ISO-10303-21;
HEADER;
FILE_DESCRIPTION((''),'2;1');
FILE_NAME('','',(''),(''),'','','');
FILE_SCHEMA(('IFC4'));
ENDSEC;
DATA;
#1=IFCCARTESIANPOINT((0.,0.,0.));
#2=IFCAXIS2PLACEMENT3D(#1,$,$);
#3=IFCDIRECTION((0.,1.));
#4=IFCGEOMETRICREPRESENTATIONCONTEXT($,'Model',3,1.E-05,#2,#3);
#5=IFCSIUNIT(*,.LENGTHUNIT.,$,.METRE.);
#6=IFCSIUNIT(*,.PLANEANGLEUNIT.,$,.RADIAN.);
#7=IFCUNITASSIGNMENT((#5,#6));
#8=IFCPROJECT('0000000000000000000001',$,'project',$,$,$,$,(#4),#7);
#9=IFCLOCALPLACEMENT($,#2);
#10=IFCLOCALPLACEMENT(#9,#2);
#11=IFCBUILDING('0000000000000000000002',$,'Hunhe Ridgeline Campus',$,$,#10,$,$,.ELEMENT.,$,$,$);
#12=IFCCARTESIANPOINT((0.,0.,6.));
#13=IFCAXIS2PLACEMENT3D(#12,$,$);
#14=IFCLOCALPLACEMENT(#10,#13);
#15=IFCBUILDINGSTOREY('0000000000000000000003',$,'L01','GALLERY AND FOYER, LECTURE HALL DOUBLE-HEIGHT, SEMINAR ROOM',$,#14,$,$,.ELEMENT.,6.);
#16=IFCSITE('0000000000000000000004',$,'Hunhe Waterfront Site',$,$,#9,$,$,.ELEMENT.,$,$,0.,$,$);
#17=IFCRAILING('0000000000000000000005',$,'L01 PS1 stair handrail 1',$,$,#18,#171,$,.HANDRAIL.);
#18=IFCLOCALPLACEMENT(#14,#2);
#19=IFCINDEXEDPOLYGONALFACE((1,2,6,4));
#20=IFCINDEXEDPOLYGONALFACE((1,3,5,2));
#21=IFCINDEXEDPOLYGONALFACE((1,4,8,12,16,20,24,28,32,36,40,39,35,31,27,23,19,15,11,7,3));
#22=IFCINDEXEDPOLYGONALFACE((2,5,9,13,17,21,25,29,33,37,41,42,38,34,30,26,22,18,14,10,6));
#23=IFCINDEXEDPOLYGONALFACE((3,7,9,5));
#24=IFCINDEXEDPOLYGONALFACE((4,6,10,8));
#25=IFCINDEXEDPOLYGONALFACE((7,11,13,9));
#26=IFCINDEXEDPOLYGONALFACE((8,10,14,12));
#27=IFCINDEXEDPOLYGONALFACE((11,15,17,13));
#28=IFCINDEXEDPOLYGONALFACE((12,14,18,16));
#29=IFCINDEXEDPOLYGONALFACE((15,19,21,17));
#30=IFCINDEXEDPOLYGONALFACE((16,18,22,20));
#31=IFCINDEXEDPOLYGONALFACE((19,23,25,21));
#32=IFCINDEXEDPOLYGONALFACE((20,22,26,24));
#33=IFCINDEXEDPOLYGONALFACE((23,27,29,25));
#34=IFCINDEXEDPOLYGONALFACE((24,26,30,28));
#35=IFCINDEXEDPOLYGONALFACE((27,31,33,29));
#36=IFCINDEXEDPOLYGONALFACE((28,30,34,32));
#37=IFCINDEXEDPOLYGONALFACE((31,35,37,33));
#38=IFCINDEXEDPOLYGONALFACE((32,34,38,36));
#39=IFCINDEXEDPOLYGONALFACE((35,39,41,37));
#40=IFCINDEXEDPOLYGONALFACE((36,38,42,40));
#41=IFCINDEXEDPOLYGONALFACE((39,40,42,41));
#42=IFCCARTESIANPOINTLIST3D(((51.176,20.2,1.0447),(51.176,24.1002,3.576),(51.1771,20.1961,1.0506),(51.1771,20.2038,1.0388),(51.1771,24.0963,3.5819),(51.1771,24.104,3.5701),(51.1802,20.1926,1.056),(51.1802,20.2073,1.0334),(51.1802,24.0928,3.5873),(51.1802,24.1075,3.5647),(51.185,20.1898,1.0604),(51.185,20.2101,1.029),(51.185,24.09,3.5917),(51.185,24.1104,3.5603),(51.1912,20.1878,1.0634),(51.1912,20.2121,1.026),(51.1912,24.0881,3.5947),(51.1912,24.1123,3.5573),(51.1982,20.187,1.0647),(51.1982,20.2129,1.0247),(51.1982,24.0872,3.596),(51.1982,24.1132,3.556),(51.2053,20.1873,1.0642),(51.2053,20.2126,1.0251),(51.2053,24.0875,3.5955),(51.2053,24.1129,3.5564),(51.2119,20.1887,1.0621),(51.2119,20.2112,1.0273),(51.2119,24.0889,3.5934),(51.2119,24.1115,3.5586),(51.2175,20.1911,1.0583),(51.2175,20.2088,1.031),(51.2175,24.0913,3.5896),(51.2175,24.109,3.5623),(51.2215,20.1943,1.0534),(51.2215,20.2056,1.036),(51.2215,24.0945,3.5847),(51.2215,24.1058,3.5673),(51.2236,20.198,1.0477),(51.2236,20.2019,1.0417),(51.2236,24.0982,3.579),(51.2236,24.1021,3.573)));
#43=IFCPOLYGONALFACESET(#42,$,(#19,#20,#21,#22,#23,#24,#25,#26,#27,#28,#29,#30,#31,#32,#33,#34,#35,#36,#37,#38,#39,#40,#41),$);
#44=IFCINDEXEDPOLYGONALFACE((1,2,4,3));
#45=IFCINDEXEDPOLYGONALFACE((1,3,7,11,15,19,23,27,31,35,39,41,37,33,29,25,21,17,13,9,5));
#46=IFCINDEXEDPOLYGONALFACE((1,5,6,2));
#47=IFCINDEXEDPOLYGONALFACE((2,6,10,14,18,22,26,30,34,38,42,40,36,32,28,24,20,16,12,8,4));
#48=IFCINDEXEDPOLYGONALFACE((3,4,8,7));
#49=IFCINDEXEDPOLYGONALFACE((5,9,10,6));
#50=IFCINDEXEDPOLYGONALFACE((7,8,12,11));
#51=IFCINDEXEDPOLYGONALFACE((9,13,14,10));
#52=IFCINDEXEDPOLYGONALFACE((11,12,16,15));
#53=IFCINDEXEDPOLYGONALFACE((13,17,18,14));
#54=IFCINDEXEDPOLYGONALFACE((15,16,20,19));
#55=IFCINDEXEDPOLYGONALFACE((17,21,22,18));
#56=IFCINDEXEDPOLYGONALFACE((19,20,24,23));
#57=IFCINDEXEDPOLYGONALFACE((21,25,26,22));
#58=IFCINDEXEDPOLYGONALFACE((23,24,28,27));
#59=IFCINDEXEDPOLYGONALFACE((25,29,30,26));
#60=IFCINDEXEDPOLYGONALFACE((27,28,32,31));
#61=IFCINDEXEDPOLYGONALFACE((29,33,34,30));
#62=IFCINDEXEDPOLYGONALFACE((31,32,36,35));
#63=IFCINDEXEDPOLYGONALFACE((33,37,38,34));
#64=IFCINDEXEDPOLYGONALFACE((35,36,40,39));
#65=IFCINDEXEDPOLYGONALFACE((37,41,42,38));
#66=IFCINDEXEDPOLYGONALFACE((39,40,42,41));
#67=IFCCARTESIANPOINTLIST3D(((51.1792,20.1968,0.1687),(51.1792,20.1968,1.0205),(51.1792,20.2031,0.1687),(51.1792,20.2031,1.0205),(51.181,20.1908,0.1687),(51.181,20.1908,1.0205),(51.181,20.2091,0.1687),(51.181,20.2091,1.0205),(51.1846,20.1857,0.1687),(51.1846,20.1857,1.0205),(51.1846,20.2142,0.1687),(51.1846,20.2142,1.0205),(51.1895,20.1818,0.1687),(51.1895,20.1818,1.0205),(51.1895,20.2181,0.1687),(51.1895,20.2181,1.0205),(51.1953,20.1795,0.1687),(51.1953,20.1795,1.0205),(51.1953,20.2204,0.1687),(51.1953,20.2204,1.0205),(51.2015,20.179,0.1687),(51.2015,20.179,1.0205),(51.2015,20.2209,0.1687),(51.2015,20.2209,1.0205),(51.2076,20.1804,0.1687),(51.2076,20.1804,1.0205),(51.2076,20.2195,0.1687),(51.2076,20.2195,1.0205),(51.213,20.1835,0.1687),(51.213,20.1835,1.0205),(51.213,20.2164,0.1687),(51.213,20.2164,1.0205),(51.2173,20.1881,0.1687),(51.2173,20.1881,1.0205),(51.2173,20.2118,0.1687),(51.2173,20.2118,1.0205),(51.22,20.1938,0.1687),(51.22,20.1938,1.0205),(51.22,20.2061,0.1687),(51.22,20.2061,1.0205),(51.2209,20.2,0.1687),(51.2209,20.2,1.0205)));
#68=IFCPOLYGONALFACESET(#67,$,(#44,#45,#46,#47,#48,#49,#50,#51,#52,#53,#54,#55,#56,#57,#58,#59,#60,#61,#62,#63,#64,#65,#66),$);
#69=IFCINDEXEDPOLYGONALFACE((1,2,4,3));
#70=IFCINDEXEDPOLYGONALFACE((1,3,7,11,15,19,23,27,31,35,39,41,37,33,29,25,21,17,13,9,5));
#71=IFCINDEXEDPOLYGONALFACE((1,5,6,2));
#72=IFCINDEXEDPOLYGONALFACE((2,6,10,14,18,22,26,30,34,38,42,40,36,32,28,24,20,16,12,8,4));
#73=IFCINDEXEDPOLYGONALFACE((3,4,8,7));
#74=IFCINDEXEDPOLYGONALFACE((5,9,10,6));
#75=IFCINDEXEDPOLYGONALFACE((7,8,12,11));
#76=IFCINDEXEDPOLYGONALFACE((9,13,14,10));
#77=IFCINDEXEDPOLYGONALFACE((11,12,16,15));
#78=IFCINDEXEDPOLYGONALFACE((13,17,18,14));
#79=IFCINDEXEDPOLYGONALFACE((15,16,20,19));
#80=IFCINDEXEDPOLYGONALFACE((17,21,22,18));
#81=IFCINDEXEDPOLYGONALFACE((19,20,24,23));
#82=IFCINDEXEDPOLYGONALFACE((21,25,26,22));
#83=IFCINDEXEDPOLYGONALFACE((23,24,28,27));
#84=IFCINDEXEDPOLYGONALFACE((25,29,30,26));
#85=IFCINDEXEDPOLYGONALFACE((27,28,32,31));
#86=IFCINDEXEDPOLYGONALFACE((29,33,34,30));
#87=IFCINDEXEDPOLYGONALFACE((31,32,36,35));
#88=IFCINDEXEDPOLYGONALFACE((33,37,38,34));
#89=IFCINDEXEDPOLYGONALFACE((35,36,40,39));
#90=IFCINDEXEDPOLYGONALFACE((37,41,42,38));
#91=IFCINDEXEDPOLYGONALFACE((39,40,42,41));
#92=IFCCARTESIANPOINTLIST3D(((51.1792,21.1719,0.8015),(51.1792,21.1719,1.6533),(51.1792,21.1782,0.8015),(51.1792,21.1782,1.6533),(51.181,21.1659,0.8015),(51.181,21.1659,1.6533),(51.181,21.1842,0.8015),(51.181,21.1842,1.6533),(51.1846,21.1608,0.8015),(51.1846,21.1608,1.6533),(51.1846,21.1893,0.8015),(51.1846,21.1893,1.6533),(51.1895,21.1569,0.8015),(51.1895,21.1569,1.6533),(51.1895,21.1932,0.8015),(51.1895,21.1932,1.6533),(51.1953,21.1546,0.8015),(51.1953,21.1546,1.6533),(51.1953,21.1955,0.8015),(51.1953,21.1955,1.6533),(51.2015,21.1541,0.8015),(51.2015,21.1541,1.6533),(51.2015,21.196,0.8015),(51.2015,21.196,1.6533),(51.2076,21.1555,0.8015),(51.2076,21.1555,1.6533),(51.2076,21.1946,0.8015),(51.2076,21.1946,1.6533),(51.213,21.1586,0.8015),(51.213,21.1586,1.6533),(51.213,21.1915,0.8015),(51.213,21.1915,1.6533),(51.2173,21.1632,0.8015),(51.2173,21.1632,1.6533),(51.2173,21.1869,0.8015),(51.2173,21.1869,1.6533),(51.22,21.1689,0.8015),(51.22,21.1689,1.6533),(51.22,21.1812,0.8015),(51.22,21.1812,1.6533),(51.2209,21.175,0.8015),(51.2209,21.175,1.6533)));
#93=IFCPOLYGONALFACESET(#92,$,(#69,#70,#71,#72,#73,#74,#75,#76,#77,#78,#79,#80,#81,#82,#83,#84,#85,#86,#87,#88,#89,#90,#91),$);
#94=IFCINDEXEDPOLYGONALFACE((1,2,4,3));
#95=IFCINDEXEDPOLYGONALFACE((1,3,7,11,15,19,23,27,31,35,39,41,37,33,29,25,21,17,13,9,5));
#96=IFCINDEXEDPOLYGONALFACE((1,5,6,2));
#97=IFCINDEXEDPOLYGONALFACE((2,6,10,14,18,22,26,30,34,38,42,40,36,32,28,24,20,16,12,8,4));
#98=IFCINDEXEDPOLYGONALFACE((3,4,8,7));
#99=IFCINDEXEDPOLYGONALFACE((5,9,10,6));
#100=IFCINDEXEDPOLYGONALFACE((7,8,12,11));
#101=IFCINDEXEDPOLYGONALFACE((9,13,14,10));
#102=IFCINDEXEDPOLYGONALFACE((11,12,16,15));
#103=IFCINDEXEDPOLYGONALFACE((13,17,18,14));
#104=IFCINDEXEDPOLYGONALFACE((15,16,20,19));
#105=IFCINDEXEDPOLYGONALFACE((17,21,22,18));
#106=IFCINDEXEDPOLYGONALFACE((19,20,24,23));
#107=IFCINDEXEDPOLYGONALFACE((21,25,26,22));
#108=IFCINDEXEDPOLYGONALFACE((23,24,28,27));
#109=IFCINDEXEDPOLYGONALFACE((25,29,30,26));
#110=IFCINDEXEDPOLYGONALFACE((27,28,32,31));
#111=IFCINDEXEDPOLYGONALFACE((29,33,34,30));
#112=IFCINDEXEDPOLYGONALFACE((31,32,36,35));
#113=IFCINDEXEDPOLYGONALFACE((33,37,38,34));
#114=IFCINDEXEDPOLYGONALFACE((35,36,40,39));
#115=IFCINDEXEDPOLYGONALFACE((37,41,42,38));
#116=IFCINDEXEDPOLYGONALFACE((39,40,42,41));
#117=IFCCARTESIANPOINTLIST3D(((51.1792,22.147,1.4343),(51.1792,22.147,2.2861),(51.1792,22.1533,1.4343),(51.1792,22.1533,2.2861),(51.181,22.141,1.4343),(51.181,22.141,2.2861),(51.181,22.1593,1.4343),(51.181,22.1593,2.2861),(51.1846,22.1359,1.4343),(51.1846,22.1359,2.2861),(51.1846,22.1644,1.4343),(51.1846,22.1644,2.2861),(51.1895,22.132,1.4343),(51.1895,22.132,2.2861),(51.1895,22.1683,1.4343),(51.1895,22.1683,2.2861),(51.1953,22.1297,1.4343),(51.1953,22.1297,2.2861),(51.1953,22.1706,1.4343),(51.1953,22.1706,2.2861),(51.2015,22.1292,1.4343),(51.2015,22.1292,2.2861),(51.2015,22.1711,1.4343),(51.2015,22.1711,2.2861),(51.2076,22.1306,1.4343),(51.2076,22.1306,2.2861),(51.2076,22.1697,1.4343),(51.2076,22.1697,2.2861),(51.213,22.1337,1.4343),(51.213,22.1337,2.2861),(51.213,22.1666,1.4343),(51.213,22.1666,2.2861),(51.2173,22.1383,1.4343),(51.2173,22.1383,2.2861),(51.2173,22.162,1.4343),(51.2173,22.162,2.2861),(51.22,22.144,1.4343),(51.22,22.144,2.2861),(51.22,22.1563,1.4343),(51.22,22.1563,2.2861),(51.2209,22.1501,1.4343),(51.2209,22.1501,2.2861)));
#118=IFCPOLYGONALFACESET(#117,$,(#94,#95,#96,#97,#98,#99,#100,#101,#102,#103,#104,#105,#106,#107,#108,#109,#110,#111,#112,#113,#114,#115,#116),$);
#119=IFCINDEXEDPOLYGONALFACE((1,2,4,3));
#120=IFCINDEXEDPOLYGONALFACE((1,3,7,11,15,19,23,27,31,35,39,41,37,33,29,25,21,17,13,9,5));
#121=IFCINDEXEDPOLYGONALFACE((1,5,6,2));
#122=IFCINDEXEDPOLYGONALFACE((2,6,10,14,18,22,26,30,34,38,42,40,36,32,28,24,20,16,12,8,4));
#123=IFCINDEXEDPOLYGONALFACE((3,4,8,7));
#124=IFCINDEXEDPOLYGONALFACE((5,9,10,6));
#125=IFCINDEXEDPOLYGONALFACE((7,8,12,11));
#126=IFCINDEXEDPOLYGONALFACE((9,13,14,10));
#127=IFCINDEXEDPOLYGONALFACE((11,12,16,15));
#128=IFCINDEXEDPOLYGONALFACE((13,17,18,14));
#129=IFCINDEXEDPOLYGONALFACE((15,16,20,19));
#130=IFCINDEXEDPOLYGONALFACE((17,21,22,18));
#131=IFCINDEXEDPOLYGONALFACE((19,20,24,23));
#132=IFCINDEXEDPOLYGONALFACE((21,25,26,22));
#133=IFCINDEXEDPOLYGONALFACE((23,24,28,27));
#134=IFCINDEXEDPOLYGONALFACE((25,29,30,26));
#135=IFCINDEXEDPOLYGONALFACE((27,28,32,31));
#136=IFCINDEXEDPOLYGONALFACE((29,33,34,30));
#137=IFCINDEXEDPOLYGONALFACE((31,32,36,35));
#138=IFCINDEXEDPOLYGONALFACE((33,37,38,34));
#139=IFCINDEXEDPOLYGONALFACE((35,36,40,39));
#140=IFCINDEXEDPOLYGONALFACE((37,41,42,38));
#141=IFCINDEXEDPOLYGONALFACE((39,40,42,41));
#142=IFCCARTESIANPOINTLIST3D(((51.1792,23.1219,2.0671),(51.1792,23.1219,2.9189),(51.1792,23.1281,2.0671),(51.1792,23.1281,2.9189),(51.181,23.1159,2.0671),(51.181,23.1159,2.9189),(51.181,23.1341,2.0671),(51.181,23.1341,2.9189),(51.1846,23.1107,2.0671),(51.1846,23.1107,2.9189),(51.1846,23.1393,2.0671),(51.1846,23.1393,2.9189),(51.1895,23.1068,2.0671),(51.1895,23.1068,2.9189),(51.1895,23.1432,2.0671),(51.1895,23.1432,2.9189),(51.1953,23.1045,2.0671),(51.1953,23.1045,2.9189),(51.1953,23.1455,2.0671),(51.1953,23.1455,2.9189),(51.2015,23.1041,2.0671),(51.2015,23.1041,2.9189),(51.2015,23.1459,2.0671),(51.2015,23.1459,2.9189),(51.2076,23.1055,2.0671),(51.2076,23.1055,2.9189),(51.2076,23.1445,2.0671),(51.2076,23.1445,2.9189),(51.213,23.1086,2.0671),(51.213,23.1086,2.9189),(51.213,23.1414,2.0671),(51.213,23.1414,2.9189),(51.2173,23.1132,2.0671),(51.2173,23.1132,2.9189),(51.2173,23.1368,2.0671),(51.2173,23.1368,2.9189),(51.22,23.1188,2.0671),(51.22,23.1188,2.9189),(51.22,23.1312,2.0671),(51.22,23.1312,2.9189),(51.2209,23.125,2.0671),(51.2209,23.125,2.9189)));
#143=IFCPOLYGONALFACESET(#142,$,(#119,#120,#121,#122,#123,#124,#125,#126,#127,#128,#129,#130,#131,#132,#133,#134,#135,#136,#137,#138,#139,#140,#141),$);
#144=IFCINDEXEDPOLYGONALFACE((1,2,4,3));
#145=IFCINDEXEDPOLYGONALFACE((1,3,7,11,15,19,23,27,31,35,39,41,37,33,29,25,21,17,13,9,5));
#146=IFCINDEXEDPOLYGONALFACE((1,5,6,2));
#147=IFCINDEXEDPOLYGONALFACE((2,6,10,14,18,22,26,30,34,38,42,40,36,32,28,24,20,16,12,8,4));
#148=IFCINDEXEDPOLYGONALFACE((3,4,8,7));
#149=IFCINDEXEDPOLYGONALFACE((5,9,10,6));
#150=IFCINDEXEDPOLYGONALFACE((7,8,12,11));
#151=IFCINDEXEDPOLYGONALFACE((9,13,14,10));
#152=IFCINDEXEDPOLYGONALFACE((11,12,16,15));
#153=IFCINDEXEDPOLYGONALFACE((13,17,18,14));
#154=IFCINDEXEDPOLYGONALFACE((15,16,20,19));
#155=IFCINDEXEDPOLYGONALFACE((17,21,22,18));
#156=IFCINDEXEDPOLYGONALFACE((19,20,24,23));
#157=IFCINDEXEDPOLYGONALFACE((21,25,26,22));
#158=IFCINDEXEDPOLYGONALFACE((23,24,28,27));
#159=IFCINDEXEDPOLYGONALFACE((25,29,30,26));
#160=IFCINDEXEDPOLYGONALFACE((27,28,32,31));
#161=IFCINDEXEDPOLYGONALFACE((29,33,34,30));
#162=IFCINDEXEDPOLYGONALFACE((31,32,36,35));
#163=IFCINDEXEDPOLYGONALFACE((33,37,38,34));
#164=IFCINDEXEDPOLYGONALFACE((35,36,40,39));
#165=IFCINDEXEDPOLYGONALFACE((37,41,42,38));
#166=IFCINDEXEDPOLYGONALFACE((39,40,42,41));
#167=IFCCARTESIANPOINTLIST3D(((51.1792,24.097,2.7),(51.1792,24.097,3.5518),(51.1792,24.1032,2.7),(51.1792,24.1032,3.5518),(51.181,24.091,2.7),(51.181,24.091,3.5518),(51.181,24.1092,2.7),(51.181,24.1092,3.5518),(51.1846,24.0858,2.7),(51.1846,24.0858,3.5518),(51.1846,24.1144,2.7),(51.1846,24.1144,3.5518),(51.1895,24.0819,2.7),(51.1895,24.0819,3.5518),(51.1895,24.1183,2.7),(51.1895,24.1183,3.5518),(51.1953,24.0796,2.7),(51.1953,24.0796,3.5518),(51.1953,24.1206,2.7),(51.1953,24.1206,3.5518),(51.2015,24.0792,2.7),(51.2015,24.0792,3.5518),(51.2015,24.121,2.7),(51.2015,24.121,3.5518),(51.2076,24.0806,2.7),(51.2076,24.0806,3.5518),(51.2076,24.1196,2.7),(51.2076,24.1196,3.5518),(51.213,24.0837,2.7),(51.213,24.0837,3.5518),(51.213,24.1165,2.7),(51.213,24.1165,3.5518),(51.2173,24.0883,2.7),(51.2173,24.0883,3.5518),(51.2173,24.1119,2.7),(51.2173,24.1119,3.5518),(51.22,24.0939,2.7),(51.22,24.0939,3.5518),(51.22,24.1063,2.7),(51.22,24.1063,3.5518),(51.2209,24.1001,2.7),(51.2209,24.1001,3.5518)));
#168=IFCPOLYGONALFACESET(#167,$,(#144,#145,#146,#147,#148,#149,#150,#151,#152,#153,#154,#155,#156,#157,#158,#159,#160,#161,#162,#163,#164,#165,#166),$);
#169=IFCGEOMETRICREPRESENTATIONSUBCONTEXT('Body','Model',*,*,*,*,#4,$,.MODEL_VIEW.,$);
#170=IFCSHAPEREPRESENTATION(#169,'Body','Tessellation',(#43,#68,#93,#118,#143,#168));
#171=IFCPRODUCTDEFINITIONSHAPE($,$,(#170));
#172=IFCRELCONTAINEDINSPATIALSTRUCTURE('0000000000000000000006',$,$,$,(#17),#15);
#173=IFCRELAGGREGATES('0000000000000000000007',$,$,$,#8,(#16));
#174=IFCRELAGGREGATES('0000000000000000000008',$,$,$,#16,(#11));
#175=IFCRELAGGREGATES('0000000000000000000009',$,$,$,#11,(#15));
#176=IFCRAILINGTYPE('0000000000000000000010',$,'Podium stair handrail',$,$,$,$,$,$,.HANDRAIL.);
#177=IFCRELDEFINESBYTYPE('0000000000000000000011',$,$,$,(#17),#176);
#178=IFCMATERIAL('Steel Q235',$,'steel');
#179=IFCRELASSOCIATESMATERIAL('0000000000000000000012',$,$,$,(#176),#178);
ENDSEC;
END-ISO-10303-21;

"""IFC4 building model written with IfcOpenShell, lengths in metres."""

from ifc_helpers import new_model, si_unit, direction, frame, origin, origin_2d, place, context, subcontext, project, spatial, circle, extrude, material, type_object, element, save


model = new_model("IFC4")

# Units and contexts
model_context = context("Model", 3, precision=1e-05, world=origin(), true_north=direction((0.0, 1.0)))
body_context = subcontext(model_context, "Body", "Model", "MODEL_VIEW")
ifc_project = project(units=[si_unit("LENGTHUNIT", "METRE"), si_unit("PLANEANGLEUNIT", "RADIAN")], contexts=[model_context])

# Site, building, storey
site_placement = place(None, origin())
site = spatial("IfcSite", under=ifc_project, at=site_placement, Name="Hunhe Waterfront Site", CompositionType="ELEMENT", RefElevation=0.0)
building_placement = place(site_placement, origin())
building = spatial("IfcBuilding", under=site, at=building_placement, Name="Hunhe Ridgeline Campus", CompositionType="ELEMENT")
storey_placement = place(building_placement, frame((0.0, 0.0, 6.0)))
storey = spatial("IfcBuildingStorey", under=building, at=storey_placement, Name="L01", Description="GALLERY AND FOYER, LECTURE HALL DOUBLE-HEIGHT, SEMINAR ROOM", CompositionType="ELEMENT", Elevation=6.0)

# Shared definitions
ifc_material_1 = material(Name="Steel Q235", Category="steel")

# Railing
railing_type_1 = type_object("IfcRailingType", Name="Podium stair handrail", PredefinedType="HANDRAIL", material=ifc_material_1)
railing_1_placement = place(storey_placement, frame((51.2, 20.2, 0.1687)))
element("IfcRailing", 1, at=railing_1_placement, inside=storey, type_object=railing_type_1, Name="L01 PS1 stair handrail 1", PredefinedType="HANDRAIL", context=body_context, shape_type="SweptSolid", body=[
    extrude(circle(Radius=0.0239, at=origin_2d()), frame((0.0, 0.0, 0.876), z_axis=(0.0, 0.838821, 0.544407), x_axis=(-1.0, 0.0, 0.0)), (0.0, 0.0, 1.0), 4.6497),
    extrude(circle(Radius=0.021, at=origin_2d()), origin(), (0.0, 0.0, 1.0), 0.8518),
    extrude(circle(Radius=0.021, at=origin_2d()), frame((0.0, 0.9751, 0.6328)), (0.0, 0.0, 1.0), 0.8518),
    extrude(circle(Radius=0.021, at=origin_2d()), frame((0.0, 1.9502, 1.2656)), (0.0, 0.0, 1.0), 0.8518),
    extrude(circle(Radius=0.021, at=origin_2d()), frame((0.0, 2.925, 1.8984)), (0.0, 0.0, 1.0), 0.8518),
    extrude(circle(Radius=0.021, at=origin_2d()), frame((0.0, 3.9001, 2.5312)), (0.0, 0.0, 1.0), 0.8518),
])

save(model, "model.ifc")
